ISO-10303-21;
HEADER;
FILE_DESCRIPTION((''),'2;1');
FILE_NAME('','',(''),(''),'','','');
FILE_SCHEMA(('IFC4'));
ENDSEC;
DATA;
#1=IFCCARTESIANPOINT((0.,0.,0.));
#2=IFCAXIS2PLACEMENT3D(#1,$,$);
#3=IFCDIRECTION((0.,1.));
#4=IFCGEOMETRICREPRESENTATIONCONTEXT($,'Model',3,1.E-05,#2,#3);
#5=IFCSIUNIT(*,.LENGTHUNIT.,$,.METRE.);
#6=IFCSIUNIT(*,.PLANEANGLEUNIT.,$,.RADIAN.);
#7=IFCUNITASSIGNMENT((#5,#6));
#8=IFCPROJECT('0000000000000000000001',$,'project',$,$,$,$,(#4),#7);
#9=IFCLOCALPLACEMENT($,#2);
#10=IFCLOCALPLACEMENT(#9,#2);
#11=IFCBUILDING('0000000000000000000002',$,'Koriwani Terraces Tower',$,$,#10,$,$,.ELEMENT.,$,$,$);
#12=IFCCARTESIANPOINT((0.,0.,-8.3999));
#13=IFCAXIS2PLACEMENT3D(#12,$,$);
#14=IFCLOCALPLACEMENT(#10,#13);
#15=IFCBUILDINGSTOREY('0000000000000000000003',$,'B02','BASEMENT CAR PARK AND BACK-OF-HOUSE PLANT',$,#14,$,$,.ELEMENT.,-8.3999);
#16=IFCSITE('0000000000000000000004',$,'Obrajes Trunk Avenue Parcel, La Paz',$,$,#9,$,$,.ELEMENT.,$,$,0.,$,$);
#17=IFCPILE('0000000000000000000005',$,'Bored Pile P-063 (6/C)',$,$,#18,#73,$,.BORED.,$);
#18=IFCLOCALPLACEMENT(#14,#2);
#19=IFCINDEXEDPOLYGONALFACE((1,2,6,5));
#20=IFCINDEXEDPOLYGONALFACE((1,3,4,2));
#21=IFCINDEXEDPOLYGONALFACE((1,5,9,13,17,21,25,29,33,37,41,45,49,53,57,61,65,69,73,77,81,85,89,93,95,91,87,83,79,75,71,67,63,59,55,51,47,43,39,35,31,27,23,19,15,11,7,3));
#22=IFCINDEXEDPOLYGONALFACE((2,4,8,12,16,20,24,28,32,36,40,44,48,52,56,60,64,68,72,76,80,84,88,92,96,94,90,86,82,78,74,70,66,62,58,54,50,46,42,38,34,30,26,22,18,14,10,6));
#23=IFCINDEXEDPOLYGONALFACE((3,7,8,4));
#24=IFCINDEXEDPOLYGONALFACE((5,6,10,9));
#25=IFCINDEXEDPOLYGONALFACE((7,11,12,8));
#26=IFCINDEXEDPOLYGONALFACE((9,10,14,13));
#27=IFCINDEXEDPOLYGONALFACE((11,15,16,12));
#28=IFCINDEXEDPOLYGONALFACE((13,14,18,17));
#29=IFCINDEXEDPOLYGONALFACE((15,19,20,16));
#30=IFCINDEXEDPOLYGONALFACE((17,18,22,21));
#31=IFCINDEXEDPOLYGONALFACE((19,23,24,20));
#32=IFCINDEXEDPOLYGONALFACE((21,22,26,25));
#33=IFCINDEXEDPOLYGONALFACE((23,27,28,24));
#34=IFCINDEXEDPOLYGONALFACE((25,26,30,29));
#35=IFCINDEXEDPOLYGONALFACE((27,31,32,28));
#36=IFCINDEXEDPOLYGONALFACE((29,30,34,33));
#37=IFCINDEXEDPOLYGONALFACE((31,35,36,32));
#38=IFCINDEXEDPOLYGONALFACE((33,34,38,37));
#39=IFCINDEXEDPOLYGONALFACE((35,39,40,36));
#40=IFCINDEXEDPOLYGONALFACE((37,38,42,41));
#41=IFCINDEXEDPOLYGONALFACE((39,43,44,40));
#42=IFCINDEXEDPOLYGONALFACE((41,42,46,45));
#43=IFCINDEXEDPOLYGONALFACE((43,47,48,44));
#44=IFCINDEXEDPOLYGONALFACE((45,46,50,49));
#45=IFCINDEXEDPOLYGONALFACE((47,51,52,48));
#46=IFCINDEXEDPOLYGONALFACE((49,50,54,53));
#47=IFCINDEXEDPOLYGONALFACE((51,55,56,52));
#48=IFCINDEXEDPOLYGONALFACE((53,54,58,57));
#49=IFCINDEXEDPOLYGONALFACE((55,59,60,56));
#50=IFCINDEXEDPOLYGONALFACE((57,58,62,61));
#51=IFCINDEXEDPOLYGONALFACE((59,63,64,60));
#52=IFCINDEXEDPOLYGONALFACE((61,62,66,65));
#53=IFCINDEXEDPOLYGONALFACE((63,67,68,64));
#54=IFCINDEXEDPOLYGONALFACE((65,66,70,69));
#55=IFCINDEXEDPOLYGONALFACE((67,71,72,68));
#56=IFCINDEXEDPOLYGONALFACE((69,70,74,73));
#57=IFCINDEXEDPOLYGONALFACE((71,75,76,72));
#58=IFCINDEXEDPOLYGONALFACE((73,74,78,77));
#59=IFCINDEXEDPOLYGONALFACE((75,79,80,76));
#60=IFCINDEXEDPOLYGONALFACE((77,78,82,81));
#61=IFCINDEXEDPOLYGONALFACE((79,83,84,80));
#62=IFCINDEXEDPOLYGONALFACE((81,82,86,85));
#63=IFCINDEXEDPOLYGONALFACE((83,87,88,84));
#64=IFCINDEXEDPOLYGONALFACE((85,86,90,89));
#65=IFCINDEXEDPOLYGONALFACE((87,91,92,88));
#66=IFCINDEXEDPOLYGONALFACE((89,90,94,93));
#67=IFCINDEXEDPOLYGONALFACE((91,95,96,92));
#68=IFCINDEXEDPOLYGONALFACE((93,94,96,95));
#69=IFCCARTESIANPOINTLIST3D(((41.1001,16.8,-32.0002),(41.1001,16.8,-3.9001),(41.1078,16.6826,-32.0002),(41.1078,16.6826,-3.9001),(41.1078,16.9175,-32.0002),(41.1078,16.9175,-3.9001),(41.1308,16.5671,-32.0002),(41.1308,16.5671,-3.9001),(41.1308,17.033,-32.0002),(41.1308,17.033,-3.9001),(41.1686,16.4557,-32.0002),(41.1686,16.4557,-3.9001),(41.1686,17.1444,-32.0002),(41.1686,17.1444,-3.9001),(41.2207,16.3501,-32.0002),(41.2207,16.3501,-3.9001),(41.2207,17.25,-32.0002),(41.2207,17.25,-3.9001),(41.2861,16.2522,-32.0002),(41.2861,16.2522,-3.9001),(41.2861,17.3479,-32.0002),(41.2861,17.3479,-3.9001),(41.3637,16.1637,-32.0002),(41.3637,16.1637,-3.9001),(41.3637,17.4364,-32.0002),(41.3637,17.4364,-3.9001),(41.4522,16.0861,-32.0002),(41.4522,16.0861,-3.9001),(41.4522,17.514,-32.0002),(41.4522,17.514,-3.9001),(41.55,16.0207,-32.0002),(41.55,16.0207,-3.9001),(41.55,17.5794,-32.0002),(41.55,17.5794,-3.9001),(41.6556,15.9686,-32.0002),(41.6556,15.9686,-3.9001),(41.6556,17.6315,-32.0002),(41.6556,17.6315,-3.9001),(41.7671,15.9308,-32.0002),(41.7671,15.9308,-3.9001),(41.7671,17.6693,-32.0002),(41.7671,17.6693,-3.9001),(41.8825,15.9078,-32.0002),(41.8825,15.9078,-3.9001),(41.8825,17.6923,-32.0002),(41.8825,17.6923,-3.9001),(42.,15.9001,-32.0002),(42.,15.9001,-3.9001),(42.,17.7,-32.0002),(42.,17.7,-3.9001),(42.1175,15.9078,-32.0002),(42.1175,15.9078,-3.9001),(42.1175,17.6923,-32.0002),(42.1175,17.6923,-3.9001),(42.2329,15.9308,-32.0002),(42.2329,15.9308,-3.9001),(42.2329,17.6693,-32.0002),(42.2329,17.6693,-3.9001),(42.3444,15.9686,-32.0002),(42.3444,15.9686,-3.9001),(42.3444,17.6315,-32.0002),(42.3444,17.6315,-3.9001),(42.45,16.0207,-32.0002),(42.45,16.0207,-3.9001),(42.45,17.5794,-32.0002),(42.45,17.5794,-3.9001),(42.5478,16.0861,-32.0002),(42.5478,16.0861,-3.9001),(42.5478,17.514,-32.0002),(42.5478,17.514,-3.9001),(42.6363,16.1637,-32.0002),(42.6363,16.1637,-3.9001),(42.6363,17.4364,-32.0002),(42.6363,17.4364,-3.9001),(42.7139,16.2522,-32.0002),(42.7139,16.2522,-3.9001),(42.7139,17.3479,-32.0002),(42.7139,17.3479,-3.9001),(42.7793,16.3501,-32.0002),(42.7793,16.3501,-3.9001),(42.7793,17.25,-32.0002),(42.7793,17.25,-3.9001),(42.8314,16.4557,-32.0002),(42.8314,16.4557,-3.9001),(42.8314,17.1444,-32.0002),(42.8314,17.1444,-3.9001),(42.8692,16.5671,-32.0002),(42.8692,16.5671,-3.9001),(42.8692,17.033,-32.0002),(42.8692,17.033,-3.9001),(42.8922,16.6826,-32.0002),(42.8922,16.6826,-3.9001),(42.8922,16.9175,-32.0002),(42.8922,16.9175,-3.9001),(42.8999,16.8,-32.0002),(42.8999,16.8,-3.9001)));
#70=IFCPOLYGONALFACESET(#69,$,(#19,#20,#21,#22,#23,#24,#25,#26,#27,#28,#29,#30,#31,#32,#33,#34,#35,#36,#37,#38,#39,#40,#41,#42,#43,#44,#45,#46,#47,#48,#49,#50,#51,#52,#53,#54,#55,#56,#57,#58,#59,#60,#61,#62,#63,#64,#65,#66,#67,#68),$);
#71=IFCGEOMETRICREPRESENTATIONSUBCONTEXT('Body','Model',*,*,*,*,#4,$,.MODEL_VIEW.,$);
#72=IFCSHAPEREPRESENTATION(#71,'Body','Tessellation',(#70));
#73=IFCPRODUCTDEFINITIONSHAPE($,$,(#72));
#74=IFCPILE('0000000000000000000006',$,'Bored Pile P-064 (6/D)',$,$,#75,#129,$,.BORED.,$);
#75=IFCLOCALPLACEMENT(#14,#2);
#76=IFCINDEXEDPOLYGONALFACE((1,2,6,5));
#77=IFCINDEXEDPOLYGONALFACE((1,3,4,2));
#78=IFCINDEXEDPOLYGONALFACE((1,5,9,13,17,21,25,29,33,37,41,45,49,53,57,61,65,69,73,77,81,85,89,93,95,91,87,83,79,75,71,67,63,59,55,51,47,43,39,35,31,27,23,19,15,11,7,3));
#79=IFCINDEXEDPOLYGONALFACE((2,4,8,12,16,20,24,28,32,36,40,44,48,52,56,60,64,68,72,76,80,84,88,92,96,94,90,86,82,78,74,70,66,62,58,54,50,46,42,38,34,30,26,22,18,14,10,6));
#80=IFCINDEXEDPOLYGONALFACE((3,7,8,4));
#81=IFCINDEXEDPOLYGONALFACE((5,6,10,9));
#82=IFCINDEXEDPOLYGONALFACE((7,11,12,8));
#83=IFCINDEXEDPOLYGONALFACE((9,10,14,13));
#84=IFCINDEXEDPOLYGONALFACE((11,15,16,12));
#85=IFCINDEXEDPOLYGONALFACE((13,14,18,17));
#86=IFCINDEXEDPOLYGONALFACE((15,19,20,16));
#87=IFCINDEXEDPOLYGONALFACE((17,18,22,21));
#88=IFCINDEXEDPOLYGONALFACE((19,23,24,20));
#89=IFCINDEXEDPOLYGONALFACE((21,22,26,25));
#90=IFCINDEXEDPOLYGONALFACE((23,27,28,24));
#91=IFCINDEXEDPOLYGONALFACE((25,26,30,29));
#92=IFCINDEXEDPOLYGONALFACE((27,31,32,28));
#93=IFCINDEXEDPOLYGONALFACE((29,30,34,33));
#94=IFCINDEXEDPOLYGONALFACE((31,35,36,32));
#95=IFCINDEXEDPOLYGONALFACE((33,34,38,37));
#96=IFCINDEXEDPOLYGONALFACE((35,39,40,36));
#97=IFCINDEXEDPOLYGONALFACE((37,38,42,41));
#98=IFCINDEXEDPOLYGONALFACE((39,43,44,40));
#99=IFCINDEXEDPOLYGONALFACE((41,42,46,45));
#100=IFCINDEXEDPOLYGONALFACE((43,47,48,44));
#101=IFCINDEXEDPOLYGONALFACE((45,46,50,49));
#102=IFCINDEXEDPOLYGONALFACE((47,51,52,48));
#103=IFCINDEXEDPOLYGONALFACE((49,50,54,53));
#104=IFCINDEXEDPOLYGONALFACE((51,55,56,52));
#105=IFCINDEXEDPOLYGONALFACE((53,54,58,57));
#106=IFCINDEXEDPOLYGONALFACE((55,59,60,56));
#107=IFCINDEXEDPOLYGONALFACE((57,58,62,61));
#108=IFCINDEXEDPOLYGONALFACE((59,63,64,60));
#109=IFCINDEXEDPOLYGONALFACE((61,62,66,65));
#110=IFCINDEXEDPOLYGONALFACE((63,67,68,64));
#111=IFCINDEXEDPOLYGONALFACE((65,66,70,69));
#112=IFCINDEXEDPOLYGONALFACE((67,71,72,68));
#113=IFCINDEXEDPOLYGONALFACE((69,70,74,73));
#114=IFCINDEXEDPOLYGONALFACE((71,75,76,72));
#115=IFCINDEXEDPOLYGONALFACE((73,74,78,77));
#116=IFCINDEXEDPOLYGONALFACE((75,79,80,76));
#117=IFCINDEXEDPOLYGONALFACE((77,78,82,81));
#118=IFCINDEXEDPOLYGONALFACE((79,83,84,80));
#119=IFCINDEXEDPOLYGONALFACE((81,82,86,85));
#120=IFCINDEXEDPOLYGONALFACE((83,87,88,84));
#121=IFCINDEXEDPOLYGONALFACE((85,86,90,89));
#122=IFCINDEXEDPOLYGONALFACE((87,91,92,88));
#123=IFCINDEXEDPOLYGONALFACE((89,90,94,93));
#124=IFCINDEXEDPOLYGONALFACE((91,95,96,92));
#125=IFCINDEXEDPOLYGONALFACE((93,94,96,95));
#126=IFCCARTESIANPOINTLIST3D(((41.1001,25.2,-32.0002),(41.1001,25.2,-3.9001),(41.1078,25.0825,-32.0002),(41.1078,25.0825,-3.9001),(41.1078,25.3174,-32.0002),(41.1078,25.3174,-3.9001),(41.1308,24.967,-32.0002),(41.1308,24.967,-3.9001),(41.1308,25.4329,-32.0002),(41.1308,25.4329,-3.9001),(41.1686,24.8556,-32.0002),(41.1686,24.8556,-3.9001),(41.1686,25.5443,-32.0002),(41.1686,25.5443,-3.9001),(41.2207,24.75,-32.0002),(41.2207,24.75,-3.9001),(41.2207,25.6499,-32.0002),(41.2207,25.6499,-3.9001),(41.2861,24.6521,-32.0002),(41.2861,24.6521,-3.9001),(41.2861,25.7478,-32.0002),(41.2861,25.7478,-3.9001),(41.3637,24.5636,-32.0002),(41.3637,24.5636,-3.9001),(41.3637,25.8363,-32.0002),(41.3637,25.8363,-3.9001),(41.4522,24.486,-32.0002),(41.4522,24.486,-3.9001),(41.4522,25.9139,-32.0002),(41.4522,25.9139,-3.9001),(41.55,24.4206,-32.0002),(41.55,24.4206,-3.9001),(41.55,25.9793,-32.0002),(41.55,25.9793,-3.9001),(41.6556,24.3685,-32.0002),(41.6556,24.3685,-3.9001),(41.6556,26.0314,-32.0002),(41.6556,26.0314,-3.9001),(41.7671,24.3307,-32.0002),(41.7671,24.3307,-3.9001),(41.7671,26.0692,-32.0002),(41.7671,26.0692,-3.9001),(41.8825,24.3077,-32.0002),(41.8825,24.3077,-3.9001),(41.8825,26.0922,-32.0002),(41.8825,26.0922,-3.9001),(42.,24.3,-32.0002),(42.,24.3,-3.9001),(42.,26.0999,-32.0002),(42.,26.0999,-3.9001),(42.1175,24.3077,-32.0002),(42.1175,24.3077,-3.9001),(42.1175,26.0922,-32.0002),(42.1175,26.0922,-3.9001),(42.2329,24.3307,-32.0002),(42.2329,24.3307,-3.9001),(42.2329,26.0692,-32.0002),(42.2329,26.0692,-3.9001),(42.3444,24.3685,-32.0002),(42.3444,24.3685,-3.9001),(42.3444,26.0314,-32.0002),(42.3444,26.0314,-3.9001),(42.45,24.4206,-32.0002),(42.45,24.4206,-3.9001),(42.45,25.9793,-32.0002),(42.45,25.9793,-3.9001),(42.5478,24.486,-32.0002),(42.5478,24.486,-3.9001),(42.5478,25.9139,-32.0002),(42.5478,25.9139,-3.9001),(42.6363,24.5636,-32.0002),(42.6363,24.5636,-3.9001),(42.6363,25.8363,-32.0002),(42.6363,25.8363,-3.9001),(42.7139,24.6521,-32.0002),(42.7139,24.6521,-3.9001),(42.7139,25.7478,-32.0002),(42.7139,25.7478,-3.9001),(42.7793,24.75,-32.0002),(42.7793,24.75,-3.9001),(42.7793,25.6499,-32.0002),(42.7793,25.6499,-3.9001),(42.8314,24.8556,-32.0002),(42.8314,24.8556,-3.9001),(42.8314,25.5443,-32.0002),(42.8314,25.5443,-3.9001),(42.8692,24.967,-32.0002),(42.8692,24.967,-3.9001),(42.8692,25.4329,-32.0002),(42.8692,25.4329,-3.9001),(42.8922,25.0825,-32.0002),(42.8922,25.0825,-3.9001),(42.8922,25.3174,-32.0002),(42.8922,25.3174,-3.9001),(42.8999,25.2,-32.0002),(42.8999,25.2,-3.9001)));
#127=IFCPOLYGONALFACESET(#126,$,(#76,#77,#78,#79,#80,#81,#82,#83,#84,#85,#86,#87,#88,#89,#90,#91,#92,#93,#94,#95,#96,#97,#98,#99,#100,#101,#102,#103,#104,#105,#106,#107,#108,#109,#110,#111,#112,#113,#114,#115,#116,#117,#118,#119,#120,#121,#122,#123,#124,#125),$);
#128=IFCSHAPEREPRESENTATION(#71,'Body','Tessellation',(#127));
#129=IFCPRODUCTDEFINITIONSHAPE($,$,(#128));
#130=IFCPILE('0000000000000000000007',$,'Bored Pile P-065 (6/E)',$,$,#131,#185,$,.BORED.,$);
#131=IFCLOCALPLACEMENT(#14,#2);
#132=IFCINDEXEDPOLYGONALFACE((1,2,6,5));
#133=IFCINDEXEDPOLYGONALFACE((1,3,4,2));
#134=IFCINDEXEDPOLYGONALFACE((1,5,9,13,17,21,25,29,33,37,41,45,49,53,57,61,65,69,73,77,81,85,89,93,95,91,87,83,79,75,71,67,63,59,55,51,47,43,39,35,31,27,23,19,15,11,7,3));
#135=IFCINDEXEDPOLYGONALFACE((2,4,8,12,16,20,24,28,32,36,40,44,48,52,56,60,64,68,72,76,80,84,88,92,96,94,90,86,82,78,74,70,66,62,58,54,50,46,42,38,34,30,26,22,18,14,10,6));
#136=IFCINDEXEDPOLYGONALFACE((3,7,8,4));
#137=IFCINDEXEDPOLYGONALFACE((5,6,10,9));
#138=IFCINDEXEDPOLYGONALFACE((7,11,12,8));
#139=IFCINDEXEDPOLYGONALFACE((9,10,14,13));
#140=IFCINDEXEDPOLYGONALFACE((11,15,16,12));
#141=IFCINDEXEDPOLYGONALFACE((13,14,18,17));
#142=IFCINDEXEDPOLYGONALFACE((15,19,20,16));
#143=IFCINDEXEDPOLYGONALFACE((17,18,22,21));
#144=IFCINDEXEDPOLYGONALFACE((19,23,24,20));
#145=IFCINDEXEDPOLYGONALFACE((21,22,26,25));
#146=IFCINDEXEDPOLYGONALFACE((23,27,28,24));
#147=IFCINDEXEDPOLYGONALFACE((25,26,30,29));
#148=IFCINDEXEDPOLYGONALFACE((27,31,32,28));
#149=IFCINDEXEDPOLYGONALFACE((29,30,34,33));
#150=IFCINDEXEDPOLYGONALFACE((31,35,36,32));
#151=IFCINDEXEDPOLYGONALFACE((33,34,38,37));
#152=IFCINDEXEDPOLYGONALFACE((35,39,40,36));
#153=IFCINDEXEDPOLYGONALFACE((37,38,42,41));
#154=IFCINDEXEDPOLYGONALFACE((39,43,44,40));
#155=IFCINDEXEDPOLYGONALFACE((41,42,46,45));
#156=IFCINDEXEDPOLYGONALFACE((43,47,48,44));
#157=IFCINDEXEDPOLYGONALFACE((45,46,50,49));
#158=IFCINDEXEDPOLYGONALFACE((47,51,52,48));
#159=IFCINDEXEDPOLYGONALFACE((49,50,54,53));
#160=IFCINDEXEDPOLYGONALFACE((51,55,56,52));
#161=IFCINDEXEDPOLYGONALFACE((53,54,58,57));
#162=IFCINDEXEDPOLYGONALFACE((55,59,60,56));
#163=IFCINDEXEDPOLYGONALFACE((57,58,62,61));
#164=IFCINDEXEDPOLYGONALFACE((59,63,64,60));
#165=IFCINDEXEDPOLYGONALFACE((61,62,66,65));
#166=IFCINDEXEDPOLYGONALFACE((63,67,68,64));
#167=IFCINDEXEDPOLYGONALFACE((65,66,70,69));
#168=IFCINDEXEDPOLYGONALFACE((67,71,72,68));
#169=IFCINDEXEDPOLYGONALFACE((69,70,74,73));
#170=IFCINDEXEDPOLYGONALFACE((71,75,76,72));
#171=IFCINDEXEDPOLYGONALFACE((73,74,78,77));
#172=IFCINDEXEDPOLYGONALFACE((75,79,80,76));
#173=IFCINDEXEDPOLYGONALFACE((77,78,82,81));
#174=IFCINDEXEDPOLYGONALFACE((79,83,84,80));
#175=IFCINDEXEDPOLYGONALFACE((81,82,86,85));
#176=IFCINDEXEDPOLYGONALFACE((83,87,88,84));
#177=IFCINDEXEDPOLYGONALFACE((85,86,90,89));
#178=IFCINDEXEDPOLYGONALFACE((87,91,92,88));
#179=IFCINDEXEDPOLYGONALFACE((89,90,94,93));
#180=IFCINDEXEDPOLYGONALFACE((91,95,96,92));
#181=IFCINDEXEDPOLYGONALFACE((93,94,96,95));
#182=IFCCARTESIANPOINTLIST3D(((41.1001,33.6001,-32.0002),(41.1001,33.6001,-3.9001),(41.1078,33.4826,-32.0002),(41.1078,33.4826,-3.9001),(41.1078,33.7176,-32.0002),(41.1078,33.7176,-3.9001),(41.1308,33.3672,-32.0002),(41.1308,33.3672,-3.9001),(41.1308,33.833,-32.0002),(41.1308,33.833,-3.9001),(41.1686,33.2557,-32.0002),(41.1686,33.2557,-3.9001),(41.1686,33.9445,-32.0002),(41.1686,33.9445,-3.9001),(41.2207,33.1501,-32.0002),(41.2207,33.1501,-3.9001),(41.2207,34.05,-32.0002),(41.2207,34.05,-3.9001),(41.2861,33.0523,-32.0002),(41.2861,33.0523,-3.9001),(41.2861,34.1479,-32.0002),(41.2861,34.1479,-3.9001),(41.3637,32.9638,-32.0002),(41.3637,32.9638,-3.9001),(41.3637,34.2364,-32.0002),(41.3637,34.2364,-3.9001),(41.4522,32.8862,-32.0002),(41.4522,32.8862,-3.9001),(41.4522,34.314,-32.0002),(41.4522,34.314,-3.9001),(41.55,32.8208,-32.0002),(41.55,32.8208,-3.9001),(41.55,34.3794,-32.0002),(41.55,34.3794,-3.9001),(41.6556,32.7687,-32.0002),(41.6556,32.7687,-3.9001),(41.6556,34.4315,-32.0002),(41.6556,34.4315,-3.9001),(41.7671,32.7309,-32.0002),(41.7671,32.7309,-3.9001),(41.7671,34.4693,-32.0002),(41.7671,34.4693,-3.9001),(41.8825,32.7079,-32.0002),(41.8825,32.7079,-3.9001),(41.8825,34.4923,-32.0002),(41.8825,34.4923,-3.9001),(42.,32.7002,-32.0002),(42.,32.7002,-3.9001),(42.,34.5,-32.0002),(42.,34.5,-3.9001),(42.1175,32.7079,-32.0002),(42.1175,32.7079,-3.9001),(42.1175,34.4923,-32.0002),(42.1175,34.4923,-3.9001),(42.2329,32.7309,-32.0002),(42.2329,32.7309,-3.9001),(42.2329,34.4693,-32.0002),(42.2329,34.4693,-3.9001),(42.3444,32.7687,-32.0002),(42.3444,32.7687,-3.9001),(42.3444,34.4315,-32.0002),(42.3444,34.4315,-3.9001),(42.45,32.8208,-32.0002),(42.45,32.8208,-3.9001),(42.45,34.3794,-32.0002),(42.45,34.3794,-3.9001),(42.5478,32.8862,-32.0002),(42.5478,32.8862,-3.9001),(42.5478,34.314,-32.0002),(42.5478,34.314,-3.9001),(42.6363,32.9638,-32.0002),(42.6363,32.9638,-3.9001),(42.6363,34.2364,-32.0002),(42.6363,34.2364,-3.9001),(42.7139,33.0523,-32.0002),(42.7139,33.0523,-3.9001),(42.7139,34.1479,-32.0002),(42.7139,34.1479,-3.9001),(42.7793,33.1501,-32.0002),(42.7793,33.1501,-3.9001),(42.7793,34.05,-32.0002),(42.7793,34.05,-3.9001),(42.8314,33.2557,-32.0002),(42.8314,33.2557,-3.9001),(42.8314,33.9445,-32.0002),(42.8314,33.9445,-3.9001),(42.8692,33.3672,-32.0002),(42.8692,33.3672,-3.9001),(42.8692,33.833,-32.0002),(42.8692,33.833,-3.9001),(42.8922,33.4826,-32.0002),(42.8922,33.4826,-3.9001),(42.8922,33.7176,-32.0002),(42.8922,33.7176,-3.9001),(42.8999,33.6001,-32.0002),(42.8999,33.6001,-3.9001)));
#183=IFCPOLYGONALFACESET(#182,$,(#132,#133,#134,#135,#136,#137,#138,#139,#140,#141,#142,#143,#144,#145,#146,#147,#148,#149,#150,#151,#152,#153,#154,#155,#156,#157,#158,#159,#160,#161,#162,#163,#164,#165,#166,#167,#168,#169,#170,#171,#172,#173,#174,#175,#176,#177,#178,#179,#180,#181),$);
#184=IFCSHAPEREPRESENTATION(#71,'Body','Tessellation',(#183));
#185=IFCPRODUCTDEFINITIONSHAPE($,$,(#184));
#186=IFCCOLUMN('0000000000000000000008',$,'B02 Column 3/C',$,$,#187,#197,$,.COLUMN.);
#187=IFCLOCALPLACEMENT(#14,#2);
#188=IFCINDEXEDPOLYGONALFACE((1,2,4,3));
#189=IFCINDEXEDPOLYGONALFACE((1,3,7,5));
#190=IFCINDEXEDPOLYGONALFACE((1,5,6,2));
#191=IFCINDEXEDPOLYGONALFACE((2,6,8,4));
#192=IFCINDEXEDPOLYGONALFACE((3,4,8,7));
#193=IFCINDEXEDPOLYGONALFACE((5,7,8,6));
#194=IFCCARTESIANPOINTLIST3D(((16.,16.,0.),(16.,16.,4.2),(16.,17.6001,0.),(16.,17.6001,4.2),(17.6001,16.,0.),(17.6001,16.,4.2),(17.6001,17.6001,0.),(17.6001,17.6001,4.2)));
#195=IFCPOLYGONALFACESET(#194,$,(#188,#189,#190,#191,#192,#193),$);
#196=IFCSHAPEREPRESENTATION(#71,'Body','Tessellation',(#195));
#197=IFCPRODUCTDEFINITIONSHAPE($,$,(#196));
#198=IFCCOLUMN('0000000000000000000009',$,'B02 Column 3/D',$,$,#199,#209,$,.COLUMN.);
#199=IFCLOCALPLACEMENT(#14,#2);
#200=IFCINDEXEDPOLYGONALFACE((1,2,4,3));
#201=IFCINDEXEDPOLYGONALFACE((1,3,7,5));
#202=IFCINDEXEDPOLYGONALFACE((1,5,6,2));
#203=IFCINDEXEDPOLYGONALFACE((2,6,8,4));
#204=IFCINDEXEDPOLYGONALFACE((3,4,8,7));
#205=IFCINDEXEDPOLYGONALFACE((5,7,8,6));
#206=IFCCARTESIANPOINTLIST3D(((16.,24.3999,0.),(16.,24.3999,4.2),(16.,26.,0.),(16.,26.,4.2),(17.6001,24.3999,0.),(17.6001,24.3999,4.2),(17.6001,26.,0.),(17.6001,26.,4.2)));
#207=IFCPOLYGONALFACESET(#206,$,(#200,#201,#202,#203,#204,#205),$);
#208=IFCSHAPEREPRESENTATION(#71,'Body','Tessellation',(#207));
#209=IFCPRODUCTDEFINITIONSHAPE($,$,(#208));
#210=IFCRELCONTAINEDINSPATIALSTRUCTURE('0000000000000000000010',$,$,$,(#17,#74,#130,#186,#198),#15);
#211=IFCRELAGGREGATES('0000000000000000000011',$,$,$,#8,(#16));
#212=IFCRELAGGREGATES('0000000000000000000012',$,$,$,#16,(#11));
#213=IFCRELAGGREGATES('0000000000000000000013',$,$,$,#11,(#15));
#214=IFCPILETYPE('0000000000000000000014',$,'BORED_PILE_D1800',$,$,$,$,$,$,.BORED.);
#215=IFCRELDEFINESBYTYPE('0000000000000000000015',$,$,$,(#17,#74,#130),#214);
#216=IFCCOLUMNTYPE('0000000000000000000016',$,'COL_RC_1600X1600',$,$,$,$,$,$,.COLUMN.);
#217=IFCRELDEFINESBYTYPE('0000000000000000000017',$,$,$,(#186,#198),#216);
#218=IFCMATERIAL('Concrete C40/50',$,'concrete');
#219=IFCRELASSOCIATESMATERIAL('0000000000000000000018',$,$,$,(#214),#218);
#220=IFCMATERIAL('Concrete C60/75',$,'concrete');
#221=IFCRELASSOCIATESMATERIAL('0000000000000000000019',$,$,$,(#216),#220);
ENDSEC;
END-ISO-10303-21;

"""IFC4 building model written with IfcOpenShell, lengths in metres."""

from ifc_helpers import new_model, si_unit, direction, frame, origin, origin_2d, place, context, subcontext, project, spatial, rectangle, circle, extrude, material, material_profile, profile_set, type_object, element, save


model = new_model("IFC4")

# Units and contexts
model_context = context("Model", 3, precision=1e-05, world=origin(), true_north=direction((0.0, 1.0)))
body_context = subcontext(model_context, "Body", "Model", "MODEL_VIEW")
ifc_project = project(units=[si_unit("LENGTHUNIT", "METRE"), si_unit("PLANEANGLEUNIT", "RADIAN")], contexts=[model_context])

# Site, building, storey
site_placement = place(None, origin())
site = spatial("IfcSite", under=ifc_project, at=site_placement, Name="Obrajes Trunk Avenue Parcel, La Paz", CompositionType="ELEMENT", RefElevation=0.0)
building_placement = place(site_placement, origin())
building = spatial("IfcBuilding", under=site, at=building_placement, Name="Koriwani Terraces Tower", CompositionType="ELEMENT")
storey_placement = place(building_placement, frame((0.0, 0.0, -8.3999)))
storey = spatial("IfcBuildingStorey", under=building, at=storey_placement, Name="B02", Description="BASEMENT CAR PARK AND BACK-OF-HOUSE PLANT", CompositionType="ELEMENT", Elevation=-8.3999)

# Piles
ifc_material_1 = material(Name="Concrete C40/50", Category="concrete")
ifc_material_profile_1 = material_profile(ifc_material_1, circle(Radius=0.8999, at=origin_2d()), Name="Concrete C40/50")
ifc_profile_set_1 = profile_set([ifc_material_profile_1], Name="Concrete C40/50")
pile_type = type_object("IfcPileType", Name="BORED_PILE_D1800", PredefinedType="BORED", material=ifc_profile_set_1)
for number, where, z_axis, x_axis, name in (
    (1, (42.0, 16.8, -3.9001), (0.0, 0.0, -1.0), (1.0, 0.0, 0.0), "Bored Pile P-063 (6/C)"),
    (2, (42.0, 25.2, -3.9001), (0.0, 0.0, -1.0), (1.0, 0.0, 0.0), "Bored Pile P-064 (6/D)"),
    (3, (42.0, 33.6001, -3.9001), (0.0, 0.0, -1.0), (1.0, 0.0, 0.0), "Bored Pile P-065 (6/E)"),
):
    element("IfcPile", number, at=place(storey_placement, frame(where, z_axis=z_axis, x_axis=x_axis)), inside=storey, type_object=pile_type, Name=name, PredefinedType="BORED", context=body_context, shape_type="SweptSolid", body=[
        extrude(circle(Radius=0.8999, at=origin_2d()), origin(), (0.0, 0.0, 1.0), 28.1001),
    ])

# Columns
ifc_material_2 = material(Name="Concrete C60/75", Category="concrete")
ifc_material_profile_2 = material_profile(ifc_material_2, rectangle(XDim=1.6001, YDim=1.6001, at=origin_2d()), Name="Concrete C60/75", Category="LoadBearing")
ifc_profile_set_2 = profile_set([ifc_material_profile_2], Name="Concrete C60/75")
column_type = type_object("IfcColumnType", Name="COL_RC_1600X1600", PredefinedType="COLUMN", material=ifc_profile_set_2)
for number, where, z_axis, x_axis, name in (
    (4, (16.8, 16.8, 0.0), (0.0, 0.0, 1.0), (1.0, 0.0, 0.0), "B02 Column 3/C"),
    (5, (16.8, 25.2, 0.0), (0.0, 0.0, 1.0), (1.0, 0.0, 0.0), "B02 Column 3/D"),
):
    element("IfcColumn", number, at=place(storey_placement, frame(where, z_axis=z_axis, x_axis=x_axis)), inside=storey, type_object=column_type, Name=name, PredefinedType="COLUMN", context=body_context, shape_type="SweptSolid", body=[
        extrude(rectangle(XDim=1.6001, YDim=1.6001, at=origin_2d()), origin(), (0.0, 0.0, 1.0), 4.2),
    ])

save(model, "model.ifc")
